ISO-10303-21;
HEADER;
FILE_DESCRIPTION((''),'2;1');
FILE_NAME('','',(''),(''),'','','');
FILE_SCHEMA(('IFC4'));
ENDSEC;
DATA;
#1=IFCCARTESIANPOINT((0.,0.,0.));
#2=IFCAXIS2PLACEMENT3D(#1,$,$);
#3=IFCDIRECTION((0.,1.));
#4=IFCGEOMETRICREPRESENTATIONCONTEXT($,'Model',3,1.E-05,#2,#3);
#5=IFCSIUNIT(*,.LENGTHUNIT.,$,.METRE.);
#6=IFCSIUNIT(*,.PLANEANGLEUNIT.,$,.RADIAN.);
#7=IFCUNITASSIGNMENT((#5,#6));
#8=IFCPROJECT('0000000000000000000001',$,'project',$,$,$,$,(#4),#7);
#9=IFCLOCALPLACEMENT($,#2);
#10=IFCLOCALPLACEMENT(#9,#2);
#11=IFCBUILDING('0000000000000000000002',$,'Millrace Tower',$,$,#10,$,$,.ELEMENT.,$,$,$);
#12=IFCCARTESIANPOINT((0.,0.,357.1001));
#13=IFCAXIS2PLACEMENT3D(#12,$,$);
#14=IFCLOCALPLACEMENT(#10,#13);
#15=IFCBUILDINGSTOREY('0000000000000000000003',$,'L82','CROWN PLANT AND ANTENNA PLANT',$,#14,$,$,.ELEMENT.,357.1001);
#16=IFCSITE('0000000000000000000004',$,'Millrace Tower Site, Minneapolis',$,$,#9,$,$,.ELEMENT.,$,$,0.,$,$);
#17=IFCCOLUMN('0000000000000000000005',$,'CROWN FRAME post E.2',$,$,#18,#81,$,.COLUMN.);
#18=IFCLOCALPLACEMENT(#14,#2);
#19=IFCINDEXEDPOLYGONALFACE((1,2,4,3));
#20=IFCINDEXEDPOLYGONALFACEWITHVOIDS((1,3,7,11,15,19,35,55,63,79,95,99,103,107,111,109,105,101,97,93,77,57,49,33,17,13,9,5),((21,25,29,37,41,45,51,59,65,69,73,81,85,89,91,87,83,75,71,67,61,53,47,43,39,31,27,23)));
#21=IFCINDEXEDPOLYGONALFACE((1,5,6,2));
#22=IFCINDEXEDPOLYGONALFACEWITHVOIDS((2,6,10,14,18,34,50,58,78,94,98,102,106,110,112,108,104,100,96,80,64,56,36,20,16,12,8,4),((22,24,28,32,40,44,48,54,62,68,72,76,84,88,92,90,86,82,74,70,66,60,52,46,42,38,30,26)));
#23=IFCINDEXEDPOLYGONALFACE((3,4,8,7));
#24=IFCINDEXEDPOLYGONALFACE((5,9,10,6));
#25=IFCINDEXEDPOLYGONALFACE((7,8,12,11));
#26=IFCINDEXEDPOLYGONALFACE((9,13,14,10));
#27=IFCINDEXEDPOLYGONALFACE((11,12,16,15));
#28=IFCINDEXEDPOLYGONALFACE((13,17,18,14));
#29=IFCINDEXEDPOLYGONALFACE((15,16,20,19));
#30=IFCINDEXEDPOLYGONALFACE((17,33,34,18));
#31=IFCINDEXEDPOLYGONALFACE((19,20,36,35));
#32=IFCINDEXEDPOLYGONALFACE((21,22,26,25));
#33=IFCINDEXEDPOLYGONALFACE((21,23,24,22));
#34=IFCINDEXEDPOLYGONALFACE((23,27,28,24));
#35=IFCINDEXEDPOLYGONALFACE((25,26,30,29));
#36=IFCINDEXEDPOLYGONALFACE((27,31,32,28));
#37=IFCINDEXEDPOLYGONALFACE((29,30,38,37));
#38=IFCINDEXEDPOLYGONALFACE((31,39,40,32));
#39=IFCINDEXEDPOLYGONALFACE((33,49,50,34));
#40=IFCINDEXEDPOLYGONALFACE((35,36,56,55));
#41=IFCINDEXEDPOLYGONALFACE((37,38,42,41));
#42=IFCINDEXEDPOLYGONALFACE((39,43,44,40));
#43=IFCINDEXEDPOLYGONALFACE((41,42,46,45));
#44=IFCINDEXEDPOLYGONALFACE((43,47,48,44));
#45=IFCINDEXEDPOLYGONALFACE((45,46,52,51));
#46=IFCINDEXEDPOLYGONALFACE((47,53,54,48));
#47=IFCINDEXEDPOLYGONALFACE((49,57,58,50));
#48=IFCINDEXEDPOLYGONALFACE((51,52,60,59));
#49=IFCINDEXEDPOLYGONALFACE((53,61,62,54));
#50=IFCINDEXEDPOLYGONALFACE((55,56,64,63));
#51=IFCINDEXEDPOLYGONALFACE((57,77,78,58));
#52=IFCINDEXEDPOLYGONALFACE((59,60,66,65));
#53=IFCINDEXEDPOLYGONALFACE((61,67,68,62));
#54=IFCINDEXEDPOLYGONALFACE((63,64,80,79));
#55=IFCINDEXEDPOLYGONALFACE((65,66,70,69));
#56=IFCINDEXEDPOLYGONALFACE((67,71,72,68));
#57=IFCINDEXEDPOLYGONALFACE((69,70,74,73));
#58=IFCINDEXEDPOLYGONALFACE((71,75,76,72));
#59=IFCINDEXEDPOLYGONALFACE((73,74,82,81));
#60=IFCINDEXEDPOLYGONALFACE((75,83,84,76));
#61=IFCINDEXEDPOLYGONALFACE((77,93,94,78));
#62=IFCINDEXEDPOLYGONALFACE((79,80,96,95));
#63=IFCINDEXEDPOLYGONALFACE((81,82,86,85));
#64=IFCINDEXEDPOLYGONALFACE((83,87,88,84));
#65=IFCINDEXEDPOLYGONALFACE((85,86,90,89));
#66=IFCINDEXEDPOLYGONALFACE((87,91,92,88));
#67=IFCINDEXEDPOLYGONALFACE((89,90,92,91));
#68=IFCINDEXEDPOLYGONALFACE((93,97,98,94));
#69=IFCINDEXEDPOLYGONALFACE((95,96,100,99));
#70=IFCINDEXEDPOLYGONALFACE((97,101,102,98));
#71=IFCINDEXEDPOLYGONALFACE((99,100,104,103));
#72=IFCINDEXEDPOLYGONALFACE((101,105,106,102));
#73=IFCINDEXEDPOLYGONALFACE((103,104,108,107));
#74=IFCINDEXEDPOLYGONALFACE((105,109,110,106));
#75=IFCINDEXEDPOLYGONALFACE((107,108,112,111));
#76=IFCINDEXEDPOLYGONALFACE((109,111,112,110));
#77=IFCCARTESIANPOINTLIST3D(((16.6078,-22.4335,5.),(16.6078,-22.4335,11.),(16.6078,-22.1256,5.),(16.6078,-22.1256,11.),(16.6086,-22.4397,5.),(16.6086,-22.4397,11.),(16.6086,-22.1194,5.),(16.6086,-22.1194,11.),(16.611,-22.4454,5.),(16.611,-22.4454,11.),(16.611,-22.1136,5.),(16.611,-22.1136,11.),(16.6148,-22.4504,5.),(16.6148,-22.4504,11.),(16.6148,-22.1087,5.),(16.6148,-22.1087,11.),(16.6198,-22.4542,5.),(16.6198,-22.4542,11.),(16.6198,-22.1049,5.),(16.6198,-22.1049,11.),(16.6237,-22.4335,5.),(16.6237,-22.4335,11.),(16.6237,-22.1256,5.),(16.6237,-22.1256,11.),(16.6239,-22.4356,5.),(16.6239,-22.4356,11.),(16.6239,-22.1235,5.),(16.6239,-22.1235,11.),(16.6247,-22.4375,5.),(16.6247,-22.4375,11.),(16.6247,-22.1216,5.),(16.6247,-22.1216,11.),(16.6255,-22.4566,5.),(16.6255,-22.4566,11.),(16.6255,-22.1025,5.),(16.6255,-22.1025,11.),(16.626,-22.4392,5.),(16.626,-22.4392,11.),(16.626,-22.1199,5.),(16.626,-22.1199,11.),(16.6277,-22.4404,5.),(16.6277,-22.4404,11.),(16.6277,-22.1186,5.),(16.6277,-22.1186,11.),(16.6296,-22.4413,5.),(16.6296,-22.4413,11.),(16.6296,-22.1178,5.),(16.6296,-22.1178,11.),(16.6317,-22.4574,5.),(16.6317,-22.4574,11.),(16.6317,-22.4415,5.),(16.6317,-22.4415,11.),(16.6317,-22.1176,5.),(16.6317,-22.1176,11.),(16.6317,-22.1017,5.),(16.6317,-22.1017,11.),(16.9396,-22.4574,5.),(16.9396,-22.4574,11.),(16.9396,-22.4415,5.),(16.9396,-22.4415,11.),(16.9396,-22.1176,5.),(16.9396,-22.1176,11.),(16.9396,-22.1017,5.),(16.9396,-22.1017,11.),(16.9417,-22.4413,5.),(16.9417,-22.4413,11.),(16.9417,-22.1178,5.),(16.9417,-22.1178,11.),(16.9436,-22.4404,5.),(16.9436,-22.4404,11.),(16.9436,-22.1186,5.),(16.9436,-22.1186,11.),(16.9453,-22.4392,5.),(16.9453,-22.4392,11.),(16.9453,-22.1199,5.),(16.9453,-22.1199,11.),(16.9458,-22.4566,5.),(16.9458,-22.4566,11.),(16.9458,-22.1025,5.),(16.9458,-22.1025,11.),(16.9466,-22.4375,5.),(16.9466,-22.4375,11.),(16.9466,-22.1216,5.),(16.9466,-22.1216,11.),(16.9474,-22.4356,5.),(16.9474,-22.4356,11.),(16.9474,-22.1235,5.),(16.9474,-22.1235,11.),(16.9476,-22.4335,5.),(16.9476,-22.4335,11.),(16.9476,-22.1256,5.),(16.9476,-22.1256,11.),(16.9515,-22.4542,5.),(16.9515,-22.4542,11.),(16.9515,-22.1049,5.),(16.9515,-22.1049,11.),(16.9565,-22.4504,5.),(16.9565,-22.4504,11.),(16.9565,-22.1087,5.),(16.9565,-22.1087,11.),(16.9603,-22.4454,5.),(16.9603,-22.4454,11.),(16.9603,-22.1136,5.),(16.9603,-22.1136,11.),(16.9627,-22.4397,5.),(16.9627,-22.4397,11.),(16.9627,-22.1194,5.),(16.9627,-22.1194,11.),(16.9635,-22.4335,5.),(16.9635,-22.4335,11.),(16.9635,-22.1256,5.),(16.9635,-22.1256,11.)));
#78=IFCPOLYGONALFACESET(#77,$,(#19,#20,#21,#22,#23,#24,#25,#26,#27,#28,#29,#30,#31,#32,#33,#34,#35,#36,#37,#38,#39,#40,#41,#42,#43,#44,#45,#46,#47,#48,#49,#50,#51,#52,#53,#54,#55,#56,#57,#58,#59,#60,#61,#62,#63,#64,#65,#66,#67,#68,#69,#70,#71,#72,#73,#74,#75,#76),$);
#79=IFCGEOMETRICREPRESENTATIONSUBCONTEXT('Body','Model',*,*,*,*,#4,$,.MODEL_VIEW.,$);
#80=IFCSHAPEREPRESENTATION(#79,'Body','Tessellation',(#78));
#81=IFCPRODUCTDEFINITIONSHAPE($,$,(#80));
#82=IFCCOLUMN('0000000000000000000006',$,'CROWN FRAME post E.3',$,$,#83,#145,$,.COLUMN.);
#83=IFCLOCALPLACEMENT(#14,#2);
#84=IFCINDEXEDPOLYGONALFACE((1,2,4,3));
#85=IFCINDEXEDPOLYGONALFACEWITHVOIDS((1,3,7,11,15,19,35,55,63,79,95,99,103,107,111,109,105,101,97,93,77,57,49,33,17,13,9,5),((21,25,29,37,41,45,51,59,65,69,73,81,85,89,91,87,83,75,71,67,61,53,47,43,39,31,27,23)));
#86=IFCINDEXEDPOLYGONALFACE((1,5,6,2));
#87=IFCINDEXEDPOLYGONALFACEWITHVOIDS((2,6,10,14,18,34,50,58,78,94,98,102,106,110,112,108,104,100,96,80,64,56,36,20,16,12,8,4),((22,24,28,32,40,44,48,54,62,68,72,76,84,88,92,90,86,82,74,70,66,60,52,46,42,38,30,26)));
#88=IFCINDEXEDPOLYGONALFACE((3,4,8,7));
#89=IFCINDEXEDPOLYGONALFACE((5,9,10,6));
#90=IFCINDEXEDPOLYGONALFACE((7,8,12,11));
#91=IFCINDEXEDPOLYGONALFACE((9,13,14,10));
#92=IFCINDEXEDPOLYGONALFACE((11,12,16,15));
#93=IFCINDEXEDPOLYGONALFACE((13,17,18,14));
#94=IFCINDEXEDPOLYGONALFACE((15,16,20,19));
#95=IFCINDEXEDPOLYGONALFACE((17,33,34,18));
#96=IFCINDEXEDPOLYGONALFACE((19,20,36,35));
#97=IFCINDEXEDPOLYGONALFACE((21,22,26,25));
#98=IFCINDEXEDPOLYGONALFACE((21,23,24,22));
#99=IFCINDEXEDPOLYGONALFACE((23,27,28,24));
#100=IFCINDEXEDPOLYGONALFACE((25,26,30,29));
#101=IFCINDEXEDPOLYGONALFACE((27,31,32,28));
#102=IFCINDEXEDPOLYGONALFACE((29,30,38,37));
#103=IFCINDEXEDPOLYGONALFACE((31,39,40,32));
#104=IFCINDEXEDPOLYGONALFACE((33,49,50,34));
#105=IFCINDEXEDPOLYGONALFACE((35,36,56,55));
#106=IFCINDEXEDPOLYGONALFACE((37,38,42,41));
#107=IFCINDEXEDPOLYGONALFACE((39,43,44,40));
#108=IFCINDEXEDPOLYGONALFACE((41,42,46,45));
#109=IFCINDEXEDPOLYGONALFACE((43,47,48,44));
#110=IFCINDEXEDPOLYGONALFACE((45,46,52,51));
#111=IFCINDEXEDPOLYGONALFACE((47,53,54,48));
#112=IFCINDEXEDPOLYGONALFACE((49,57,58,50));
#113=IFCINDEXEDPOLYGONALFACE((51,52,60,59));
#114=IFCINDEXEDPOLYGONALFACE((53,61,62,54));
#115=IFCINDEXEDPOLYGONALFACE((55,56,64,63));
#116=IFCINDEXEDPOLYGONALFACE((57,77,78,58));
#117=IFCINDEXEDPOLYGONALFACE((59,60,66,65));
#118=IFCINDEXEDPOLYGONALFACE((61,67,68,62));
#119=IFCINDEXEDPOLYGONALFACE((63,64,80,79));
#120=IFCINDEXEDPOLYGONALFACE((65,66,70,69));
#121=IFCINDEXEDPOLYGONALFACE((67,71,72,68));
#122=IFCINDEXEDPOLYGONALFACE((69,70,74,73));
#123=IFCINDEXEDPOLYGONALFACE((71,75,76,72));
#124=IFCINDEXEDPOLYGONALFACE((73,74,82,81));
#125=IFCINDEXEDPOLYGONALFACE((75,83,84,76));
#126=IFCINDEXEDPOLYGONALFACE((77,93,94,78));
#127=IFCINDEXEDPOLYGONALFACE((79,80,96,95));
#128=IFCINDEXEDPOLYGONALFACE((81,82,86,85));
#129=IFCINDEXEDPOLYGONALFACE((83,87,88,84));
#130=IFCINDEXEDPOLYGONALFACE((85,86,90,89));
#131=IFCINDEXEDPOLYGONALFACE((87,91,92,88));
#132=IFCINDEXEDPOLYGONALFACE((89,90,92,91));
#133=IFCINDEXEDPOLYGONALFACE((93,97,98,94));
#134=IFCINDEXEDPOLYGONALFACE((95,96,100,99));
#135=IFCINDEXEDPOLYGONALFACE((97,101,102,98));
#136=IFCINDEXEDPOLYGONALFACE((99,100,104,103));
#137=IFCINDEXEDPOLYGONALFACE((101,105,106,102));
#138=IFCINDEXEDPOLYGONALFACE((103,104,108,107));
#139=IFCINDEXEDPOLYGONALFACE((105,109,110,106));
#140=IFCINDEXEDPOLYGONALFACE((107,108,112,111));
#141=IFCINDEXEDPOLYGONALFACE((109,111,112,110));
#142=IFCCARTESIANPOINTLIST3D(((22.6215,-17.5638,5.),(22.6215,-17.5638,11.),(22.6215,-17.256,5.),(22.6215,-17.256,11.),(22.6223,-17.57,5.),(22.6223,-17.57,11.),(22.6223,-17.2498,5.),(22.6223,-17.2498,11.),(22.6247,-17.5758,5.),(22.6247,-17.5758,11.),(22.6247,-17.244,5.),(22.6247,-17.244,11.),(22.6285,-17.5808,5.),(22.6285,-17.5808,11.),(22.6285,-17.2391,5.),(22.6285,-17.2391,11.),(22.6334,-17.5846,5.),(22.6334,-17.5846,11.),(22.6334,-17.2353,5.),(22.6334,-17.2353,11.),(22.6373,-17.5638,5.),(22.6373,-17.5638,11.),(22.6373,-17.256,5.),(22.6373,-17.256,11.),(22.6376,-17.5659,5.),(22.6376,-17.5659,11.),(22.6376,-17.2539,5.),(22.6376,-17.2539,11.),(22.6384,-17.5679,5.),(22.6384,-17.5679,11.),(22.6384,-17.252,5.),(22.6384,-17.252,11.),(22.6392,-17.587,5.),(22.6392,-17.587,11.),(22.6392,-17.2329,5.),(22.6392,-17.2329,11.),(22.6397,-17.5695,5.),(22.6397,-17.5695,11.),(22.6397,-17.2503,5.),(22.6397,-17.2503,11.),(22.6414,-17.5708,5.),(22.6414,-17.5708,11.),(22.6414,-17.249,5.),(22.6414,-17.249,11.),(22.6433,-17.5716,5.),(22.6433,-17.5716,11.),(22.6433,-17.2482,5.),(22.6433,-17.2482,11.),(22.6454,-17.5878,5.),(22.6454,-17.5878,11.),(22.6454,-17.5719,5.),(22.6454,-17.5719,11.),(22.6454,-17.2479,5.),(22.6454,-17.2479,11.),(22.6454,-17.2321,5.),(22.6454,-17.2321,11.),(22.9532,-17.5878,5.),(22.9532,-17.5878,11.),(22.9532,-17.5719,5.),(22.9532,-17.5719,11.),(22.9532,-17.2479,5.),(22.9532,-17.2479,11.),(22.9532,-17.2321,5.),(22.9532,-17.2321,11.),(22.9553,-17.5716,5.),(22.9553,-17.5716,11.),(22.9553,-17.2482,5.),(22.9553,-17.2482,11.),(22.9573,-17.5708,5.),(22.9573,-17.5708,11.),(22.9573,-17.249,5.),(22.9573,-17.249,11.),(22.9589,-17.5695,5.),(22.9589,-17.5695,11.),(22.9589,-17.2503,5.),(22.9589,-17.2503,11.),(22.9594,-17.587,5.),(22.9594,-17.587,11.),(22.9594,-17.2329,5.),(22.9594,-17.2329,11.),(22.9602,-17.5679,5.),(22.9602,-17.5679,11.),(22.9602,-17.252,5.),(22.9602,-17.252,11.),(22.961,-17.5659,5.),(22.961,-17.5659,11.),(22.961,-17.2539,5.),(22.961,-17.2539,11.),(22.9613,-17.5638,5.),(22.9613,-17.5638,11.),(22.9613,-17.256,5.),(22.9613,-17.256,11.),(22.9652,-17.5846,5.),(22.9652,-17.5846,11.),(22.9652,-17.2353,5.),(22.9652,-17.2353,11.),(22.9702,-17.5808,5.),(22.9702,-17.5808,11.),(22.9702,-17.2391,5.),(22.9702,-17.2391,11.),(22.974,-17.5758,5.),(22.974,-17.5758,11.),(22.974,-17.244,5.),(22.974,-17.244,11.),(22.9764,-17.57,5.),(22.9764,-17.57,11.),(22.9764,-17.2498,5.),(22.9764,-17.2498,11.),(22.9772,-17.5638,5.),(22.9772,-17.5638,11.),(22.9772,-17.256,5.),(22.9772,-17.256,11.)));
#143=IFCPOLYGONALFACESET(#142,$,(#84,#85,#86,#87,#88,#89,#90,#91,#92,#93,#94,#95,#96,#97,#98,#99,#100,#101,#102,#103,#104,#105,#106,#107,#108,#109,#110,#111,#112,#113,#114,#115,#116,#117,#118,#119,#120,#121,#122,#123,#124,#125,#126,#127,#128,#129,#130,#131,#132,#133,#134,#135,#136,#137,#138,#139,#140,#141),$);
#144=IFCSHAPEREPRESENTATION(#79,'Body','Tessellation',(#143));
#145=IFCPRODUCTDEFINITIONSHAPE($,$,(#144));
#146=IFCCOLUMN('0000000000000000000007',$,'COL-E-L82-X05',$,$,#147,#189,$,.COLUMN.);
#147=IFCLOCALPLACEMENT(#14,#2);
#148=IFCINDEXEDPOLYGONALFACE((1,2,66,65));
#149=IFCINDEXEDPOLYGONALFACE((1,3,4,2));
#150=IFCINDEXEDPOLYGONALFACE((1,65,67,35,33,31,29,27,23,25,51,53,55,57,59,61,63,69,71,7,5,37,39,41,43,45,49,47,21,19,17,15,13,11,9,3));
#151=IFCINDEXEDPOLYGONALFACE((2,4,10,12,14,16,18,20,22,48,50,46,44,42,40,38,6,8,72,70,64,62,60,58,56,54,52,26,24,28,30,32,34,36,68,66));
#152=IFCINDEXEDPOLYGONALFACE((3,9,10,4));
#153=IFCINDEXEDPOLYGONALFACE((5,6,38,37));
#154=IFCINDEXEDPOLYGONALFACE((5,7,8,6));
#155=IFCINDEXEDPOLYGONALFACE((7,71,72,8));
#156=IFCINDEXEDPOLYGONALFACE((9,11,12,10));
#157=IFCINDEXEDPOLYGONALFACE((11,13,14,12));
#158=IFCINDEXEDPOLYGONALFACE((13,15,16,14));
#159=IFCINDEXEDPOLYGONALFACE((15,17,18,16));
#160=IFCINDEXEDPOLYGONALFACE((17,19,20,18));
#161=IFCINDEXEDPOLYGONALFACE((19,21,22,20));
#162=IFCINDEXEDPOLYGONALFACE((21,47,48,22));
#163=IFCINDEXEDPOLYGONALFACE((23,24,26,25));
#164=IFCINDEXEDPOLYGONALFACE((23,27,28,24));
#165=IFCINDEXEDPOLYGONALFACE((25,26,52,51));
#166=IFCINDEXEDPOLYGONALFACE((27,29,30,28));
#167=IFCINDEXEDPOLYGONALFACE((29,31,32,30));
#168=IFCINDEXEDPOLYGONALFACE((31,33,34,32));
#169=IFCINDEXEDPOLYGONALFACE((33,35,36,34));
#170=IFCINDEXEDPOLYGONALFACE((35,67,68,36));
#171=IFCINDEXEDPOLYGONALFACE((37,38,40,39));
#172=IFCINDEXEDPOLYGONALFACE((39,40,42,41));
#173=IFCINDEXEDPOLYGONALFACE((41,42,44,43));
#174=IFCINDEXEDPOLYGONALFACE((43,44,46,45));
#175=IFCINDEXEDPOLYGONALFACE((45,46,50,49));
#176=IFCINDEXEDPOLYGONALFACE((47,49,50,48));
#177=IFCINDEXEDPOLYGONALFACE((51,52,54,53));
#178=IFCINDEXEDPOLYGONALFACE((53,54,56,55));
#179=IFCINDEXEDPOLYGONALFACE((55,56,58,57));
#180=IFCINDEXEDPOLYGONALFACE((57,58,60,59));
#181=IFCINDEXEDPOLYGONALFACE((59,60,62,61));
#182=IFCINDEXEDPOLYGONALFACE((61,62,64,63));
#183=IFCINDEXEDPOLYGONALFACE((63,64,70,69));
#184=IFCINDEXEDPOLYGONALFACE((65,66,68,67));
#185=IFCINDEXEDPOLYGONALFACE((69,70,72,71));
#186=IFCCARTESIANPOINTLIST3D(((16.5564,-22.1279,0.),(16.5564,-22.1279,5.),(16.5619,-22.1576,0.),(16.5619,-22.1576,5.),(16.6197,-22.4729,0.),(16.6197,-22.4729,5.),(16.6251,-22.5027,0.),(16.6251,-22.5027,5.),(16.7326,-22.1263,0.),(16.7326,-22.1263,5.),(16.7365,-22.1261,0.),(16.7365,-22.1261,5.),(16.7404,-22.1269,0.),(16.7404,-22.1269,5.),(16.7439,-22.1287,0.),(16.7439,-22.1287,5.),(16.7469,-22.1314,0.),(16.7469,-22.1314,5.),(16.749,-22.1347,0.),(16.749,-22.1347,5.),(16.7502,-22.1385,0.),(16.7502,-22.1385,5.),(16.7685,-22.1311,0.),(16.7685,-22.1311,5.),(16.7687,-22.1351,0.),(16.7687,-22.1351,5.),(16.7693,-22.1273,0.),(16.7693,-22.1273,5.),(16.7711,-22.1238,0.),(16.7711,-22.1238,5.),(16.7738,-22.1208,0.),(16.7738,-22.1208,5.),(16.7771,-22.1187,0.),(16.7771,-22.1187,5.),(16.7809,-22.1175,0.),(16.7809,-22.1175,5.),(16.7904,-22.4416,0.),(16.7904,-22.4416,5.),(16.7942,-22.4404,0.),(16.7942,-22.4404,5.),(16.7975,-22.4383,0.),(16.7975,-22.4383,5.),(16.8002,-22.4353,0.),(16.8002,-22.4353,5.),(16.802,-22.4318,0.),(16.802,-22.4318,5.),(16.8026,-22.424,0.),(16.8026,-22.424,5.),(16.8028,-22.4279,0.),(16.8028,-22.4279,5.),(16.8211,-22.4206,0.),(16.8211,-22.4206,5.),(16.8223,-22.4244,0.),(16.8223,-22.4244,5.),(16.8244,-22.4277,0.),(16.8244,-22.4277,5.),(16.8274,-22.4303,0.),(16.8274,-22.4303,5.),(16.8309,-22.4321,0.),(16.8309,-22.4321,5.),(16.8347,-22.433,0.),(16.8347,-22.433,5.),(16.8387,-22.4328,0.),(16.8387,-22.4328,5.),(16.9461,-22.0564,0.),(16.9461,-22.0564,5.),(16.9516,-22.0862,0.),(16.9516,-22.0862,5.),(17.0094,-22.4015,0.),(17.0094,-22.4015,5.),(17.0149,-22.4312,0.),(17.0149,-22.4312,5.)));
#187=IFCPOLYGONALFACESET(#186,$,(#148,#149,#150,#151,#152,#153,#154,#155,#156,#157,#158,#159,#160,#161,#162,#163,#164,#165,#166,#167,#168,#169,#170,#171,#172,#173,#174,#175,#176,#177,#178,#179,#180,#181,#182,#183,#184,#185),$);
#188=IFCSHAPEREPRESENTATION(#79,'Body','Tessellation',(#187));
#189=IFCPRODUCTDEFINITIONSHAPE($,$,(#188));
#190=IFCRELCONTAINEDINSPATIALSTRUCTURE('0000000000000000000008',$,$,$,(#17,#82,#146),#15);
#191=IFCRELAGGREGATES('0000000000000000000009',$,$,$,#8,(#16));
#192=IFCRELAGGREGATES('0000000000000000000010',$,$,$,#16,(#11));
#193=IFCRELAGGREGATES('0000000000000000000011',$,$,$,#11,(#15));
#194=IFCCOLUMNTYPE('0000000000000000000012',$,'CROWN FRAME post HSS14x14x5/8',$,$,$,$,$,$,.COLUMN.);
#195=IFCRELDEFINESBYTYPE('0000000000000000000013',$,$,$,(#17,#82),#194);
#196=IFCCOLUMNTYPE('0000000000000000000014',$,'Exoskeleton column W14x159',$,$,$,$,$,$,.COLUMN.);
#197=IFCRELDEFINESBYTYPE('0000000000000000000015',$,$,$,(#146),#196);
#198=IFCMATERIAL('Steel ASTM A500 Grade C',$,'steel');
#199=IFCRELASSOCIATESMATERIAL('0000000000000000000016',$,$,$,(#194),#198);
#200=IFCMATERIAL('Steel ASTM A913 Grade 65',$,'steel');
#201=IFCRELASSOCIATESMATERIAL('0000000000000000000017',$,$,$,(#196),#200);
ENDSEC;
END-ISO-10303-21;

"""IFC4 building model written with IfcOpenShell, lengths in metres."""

from ifc_helpers import new_model, si_unit, direction, frame, origin, origin_2d, place, context, subcontext, project, spatial, hollow_rectangle, i_section, extrude, material, material_profile, profile_set, type_object, element, save


model = new_model("IFC4")

# Units and contexts
model_context = context("Model", 3, precision=1e-05, world=origin(), true_north=direction((0.0, 1.0)))
body_context = subcontext(model_context, "Body", "Model", "MODEL_VIEW")
ifc_project = project(units=[si_unit("LENGTHUNIT", "METRE"), si_unit("PLANEANGLEUNIT", "RADIAN")], contexts=[model_context])

# Site, building, storey
site_placement = place(None, origin())
site = spatial("IfcSite", under=ifc_project, at=site_placement, Name="Millrace Tower Site, Minneapolis", CompositionType="ELEMENT", RefElevation=0.0)
building_placement = place(site_placement, origin())
building = spatial("IfcBuilding", under=site, at=building_placement, Name="Millrace Tower", CompositionType="ELEMENT")
storey_placement = place(building_placement, frame((0.0, 0.0, 357.1001)))
storey = spatial("IfcBuildingStorey", under=building, at=storey_placement, Name="L82", Description="CROWN PLANT AND ANTENNA PLANT", CompositionType="ELEMENT", Elevation=357.1001)

# Columns
ifc_material_1 = material(Name="Steel ASTM A500 Grade C", Category="steel")
ifc_material_profile_1 = material_profile(ifc_material_1, hollow_rectangle(XDim=0.3557, YDim=0.3557, WallThickness=0.0159, InnerFilletRadius=0.0081, OuterFilletRadius=0.0239, at=origin_2d()))
ifc_profile_set_1 = profile_set([ifc_material_profile_1], Name="Steel ASTM A500 Grade C")
column_type_1 = type_object("IfcColumnType", Name="CROWN FRAME post HSS14x14x5/8", PredefinedType="COLUMN", material=ifc_profile_set_1)
for number, where, z_axis, x_axis, name in (
    (1, (16.7856, -22.2795, 5.0), (0.0, 0.0, 1.0), (1.0, 0.0, 0.0), "CROWN FRAME post E.2"),
    (2, (22.7993, -17.4099, 5.0), (0.0, 0.0, 1.0), (1.0, 0.0, 0.0), "CROWN FRAME post E.3"),
):
    element("IfcColumn", number, at=place(storey_placement, frame(where, z_axis=z_axis, x_axis=x_axis)), inside=storey, type_object=column_type_1, Name=name, PredefinedType="COLUMN", context=body_context, shape_type="SweptSolid", body=[
        extrude(hollow_rectangle(XDim=0.3557, YDim=0.3557, WallThickness=0.0159, InnerFilletRadius=0.0081, OuterFilletRadius=0.0239, at=origin_2d()), origin(), (0.0, 0.0, 1.0), 6.0),
    ])
ifc_material_2 = material(Name="Steel ASTM A913 Grade 65", Category="steel")
ifc_material_profile_2 = material_profile(ifc_material_2, i_section(OverallWidth=0.3962, OverallDepth=0.3811, WebThickness=0.0188, FlangeThickness=0.0303, FilletRadius=0.0151, at=origin_2d()))
ifc_profile_set_2 = profile_set([ifc_material_profile_2], Name="Steel ASTM A913 Grade 65")
column_type_2 = type_object("IfcColumnType", Name="Exoskeleton column W14x159", PredefinedType="COLUMN", material=ifc_profile_set_2)
for number, where, z_axis, x_axis, name in (
    (3, (16.7856, -22.2795, 0.0), (0.0, 0.0, 1.0), (0.983596, 0.180387, 0.0), "COL-E-L82-X05"),
):
    element("IfcColumn", number, at=place(storey_placement, frame(where, z_axis=z_axis, x_axis=x_axis)), inside=storey, type_object=column_type_2, Name=name, PredefinedType="COLUMN", context=body_context, shape_type="SweptSolid", body=[
        extrude(i_section(OverallWidth=0.3962, OverallDepth=0.3811, WebThickness=0.0188, FlangeThickness=0.0303, FilletRadius=0.0151, at=origin_2d()), origin(), (0.0, 0.0, 1.0), 5.0),
    ])

save(model, "model.ifc")
